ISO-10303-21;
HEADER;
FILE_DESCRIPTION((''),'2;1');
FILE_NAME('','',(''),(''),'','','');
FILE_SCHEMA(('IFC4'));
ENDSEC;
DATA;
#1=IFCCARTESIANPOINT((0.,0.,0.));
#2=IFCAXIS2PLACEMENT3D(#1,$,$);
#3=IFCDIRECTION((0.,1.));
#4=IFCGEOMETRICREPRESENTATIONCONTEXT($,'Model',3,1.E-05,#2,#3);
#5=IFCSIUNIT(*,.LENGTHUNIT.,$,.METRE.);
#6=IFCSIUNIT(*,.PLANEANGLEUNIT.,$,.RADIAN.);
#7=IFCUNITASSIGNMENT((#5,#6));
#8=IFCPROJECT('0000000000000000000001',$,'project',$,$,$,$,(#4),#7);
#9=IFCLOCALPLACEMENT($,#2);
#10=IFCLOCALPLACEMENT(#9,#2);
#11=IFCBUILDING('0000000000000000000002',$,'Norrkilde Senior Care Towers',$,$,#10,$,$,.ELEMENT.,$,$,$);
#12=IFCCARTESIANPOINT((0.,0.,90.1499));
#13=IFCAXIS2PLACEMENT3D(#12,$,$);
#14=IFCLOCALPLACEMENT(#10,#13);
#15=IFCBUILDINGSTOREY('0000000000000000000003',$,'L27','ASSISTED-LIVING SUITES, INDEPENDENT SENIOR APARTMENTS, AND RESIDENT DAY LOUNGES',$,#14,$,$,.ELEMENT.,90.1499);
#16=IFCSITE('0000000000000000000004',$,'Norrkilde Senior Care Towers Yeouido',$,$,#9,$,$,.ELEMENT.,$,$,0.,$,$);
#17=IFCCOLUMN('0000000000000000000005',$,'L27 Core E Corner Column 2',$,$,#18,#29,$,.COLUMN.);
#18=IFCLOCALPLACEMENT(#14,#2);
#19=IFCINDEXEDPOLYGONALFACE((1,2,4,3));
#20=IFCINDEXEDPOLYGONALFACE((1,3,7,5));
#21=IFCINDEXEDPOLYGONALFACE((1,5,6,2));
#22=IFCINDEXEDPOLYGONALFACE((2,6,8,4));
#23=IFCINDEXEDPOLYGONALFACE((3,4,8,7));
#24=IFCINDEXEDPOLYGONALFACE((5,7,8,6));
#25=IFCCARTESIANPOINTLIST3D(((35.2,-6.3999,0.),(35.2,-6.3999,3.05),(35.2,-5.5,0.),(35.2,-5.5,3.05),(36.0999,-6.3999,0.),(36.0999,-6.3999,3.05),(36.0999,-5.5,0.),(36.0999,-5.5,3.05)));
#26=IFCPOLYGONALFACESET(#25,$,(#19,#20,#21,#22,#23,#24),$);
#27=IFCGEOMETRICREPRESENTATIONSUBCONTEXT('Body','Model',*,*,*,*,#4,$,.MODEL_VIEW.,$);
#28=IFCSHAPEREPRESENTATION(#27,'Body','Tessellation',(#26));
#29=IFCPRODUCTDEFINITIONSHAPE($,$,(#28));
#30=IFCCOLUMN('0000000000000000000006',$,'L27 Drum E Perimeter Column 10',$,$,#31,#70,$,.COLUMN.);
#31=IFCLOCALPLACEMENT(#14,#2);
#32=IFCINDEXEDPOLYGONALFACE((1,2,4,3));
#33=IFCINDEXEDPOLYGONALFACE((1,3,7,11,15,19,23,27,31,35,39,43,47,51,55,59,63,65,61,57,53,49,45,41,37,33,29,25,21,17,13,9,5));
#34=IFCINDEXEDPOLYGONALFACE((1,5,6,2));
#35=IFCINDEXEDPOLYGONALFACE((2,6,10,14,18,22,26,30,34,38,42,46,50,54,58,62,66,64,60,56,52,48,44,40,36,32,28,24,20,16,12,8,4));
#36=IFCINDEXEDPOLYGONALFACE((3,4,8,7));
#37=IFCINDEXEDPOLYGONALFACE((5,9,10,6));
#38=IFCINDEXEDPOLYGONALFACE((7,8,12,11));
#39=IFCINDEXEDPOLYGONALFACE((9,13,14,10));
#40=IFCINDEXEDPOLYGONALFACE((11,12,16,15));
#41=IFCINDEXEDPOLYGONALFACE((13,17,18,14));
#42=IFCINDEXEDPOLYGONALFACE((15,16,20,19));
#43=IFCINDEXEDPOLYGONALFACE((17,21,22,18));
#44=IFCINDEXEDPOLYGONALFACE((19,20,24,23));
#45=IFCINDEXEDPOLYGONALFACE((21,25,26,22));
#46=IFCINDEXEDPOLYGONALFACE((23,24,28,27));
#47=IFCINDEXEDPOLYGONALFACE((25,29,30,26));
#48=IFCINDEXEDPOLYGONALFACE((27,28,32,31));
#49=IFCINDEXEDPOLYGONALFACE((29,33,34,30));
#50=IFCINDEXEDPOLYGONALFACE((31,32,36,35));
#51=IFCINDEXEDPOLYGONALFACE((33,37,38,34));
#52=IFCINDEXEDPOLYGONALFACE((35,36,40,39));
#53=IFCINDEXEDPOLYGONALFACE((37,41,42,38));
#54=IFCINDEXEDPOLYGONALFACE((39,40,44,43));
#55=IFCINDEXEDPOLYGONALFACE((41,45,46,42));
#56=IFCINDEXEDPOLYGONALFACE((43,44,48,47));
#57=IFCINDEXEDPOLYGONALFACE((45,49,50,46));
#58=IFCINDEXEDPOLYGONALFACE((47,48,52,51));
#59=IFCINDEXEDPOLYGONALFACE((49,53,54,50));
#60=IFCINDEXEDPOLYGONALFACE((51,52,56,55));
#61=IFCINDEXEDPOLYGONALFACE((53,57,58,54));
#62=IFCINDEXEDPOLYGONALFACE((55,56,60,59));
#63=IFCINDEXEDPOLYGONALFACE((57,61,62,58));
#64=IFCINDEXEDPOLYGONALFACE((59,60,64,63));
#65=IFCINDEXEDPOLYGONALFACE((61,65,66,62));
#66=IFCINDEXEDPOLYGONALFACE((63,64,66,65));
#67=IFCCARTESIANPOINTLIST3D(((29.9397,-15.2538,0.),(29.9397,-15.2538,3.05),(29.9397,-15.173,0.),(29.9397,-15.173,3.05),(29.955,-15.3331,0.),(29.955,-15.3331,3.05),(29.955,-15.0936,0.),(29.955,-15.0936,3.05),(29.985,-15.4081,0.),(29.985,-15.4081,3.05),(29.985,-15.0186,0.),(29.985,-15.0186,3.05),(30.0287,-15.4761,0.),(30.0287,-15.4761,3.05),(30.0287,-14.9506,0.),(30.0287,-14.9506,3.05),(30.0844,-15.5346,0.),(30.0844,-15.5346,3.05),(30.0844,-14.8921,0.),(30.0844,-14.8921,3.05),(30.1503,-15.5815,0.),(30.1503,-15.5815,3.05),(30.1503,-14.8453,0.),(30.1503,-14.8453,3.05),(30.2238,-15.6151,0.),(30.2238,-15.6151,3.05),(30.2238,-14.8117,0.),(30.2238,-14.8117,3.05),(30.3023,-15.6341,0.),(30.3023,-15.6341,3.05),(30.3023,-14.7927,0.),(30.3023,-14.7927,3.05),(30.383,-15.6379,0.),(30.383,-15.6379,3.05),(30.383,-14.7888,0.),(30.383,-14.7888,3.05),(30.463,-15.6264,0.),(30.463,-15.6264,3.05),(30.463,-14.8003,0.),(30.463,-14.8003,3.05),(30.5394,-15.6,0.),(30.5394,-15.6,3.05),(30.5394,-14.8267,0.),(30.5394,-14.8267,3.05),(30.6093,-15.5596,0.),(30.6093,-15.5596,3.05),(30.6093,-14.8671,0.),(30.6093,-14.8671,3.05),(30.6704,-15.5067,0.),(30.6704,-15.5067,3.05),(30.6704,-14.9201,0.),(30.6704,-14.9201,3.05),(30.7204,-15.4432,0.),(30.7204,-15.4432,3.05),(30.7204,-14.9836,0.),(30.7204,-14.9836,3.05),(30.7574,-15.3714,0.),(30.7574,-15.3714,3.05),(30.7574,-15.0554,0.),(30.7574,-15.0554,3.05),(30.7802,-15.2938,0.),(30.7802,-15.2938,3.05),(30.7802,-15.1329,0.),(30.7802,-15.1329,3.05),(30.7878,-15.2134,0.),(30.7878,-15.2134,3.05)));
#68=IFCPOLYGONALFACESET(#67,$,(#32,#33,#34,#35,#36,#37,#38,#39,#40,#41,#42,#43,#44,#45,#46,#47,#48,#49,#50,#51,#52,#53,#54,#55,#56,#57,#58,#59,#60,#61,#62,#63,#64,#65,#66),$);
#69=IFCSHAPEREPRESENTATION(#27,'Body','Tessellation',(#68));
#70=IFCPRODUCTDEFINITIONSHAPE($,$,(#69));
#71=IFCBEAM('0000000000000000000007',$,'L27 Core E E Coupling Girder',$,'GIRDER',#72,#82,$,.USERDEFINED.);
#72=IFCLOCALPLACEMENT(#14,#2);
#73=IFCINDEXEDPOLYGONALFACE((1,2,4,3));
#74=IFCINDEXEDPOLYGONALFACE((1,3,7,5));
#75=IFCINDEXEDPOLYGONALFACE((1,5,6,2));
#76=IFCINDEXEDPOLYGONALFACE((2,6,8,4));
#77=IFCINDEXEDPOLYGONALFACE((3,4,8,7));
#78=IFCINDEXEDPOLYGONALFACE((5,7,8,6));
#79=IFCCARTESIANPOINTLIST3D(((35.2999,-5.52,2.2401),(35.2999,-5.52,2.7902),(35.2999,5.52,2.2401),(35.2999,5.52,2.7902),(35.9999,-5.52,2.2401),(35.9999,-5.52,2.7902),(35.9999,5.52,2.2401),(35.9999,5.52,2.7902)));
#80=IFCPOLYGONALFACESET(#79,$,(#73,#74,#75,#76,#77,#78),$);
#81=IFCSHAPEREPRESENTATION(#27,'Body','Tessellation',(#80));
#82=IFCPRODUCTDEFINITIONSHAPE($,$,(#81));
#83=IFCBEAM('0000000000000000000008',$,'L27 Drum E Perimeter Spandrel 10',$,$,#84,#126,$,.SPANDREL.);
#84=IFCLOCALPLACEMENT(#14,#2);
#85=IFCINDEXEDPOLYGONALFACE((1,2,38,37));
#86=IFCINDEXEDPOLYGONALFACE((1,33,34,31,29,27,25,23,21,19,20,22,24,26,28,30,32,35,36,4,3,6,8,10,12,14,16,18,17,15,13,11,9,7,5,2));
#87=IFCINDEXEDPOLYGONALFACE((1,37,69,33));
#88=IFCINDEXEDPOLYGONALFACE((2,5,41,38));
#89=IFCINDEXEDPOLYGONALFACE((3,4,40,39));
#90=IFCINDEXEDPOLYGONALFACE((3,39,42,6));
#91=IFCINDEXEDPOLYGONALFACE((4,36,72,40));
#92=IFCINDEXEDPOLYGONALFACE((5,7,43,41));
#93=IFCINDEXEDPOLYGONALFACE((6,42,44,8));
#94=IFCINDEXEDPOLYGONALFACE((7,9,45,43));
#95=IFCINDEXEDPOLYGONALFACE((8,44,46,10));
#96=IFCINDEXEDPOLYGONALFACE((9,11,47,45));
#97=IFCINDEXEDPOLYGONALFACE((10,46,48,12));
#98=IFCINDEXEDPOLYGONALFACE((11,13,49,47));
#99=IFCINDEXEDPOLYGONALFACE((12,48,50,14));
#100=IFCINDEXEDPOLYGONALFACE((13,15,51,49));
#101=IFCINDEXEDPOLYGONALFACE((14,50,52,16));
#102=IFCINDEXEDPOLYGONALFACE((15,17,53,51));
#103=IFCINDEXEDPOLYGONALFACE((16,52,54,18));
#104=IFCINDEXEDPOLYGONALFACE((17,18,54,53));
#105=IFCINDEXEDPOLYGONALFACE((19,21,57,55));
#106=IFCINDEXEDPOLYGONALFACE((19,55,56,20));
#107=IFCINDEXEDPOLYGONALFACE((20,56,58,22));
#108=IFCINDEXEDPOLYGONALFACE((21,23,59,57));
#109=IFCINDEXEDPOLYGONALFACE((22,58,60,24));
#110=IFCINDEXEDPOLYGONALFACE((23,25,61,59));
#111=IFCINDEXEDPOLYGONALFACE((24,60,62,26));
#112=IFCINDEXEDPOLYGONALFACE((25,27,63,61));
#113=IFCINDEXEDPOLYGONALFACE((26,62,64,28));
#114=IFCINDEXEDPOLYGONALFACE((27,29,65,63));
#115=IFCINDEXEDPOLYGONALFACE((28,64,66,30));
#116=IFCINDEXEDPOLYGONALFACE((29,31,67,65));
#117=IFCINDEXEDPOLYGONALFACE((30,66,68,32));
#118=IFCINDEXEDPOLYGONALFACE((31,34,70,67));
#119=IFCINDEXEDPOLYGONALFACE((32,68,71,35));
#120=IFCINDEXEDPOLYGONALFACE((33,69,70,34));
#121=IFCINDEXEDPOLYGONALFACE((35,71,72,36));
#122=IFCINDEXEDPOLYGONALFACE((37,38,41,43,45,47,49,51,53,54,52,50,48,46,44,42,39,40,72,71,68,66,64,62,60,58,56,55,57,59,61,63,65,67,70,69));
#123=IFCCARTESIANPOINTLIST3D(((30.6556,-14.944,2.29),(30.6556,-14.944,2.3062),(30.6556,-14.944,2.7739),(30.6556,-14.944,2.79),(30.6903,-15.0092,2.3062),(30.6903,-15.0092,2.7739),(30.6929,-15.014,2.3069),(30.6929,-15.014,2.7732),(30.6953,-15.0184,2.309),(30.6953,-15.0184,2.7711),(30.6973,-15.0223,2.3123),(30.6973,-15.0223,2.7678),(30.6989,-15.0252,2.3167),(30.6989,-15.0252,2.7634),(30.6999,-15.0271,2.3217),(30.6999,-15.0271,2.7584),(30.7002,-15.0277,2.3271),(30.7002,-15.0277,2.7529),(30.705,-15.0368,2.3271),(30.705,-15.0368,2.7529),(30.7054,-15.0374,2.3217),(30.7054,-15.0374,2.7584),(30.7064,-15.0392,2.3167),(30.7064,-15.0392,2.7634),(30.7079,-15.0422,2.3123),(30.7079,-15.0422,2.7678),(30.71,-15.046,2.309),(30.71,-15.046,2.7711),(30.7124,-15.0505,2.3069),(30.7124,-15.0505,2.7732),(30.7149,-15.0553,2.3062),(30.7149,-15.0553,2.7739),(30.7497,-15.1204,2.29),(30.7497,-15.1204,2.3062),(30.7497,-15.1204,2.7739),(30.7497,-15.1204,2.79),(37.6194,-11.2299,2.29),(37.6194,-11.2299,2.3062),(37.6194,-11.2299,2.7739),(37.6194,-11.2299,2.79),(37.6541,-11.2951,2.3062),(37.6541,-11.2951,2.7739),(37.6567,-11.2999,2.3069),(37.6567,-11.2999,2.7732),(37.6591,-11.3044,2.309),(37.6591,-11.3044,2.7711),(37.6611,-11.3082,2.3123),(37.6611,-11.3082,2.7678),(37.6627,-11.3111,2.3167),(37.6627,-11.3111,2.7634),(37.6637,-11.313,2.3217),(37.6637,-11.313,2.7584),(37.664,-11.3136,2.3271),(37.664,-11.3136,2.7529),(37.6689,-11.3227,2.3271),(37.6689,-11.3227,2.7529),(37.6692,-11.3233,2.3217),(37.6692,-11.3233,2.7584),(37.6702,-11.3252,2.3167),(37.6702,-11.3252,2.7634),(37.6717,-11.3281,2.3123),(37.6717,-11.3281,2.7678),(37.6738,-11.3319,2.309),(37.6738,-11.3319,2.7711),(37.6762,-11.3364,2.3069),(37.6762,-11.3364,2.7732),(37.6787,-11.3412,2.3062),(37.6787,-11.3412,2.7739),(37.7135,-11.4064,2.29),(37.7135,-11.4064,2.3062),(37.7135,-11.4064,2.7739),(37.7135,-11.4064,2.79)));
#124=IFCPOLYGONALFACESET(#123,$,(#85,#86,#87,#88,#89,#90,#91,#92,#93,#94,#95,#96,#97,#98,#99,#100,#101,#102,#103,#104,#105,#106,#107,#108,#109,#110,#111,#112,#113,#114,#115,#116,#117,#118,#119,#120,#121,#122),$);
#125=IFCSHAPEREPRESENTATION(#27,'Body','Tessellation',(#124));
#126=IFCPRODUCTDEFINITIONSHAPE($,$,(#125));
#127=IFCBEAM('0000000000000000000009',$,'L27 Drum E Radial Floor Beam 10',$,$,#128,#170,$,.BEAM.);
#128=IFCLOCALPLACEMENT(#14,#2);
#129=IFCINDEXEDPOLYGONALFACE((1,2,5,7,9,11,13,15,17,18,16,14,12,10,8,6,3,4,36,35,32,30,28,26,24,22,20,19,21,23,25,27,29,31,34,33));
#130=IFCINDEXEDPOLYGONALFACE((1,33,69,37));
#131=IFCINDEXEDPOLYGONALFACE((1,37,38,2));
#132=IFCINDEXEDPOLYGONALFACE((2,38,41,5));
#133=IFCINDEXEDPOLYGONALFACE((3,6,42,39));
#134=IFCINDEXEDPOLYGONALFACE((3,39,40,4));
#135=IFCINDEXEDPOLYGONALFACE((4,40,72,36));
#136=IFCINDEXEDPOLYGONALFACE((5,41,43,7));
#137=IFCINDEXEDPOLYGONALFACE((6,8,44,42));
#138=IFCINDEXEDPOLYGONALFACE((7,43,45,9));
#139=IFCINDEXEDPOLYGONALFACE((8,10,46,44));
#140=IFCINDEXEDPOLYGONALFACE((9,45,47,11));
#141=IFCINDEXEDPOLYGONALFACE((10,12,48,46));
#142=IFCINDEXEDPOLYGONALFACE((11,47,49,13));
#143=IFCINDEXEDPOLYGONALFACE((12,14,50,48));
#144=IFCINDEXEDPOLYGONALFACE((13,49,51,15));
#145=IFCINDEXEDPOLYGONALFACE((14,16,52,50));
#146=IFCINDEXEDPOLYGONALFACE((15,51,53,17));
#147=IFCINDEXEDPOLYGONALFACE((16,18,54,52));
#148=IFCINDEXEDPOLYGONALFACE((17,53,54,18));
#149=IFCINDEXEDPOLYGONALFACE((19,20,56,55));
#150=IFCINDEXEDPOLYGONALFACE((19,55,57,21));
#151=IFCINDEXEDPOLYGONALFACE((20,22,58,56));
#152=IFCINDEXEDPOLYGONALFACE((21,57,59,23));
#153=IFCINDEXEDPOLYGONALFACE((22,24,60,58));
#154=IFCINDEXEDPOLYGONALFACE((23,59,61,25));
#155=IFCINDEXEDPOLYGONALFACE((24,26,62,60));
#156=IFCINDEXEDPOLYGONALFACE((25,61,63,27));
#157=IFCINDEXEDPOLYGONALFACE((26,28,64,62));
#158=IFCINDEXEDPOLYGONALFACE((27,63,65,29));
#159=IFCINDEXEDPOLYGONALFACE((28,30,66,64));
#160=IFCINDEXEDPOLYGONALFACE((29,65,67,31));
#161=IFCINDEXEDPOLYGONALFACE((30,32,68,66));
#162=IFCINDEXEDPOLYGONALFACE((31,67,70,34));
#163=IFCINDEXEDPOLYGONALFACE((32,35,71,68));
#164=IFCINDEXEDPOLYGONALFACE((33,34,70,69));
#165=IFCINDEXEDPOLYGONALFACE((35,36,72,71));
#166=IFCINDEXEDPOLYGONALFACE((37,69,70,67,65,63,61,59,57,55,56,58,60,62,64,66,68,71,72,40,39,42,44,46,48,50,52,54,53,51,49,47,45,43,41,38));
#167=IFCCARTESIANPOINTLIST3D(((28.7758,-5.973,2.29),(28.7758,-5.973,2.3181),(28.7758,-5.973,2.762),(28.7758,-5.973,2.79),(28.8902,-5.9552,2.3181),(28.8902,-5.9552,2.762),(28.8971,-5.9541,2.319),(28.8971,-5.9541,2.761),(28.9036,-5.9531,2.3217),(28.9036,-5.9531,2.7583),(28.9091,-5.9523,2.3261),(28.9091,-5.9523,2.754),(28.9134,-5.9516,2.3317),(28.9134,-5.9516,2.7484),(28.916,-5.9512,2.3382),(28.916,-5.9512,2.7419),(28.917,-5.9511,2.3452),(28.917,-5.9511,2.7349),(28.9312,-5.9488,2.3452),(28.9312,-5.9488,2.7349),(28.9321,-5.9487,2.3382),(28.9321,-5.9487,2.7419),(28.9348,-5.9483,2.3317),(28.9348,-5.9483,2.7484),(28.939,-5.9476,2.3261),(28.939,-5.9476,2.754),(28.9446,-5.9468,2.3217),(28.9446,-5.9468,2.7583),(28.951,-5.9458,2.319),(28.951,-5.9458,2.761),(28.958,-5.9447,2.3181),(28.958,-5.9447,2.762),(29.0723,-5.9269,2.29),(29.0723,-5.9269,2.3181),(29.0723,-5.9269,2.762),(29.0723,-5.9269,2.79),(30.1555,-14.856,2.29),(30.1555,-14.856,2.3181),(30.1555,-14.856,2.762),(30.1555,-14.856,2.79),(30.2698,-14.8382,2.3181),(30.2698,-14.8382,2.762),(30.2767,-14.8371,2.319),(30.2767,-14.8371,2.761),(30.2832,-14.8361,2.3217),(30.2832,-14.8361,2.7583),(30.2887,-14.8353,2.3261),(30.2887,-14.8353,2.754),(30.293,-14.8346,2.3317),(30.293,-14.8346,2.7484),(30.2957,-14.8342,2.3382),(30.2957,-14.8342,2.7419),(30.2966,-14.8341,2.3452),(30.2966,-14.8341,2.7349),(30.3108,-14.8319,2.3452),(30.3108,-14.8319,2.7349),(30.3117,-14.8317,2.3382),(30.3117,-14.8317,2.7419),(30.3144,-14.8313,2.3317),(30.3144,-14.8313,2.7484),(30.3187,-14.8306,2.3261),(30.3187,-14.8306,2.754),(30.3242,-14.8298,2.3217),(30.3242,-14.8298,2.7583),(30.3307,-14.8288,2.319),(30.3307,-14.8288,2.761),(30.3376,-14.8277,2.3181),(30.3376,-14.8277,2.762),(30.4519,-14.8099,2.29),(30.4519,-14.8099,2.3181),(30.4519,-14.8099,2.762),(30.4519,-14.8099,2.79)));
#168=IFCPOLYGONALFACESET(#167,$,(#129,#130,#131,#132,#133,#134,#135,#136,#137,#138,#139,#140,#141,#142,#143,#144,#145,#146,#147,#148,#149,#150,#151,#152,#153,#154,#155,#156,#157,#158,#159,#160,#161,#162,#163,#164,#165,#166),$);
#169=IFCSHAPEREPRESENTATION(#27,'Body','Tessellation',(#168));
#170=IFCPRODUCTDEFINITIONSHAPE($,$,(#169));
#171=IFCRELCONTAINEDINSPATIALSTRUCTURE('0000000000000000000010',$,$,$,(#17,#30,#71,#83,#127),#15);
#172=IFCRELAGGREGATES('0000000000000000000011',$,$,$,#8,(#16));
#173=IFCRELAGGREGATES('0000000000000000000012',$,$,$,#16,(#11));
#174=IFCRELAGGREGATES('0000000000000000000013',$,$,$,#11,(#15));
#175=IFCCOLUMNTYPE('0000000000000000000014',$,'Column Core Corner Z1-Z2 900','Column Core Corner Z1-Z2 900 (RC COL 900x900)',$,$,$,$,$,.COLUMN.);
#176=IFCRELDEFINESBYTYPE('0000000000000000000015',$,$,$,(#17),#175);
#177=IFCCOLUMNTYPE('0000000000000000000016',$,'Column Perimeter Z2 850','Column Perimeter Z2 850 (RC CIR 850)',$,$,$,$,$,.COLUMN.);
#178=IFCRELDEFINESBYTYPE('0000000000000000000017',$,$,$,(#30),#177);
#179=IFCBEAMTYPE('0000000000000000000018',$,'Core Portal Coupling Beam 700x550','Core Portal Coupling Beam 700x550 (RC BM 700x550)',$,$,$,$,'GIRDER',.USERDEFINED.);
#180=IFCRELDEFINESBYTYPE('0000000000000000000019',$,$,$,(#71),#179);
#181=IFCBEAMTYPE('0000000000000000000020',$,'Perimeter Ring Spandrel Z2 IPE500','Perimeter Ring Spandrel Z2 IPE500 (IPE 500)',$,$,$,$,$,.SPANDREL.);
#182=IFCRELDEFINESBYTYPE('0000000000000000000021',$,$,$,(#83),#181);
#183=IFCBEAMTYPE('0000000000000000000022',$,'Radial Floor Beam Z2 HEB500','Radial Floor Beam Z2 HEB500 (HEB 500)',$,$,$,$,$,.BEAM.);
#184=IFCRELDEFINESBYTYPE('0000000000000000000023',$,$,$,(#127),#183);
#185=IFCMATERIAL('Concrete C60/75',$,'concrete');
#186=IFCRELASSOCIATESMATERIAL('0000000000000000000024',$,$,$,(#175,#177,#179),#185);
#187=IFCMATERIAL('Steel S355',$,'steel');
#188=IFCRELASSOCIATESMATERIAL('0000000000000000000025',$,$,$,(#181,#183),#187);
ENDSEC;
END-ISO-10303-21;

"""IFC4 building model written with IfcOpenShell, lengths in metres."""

from ifc_helpers import new_model, si_unit, direction, frame, origin, origin_2d, place, context, subcontext, project, spatial, rectangle, circle, i_section, extrude, source, transform, mapped, material, material_profile, profile_set, type_object, type_shapes, element, save


model = new_model("IFC4")

# Units and contexts
model_context = context("Model", 3, precision=1e-05, world=origin(), true_north=direction((0.0, 1.0)))
body_context = subcontext(model_context, "Body", "Model", "MODEL_VIEW")
ifc_project = project(units=[si_unit("LENGTHUNIT", "METRE"), si_unit("PLANEANGLEUNIT", "RADIAN")], contexts=[model_context])

# Site, building, storey
site_placement = place(None, origin())
site = spatial("IfcSite", under=ifc_project, at=site_placement, Name="Norrkilde Senior Care Towers Yeouido", CompositionType="ELEMENT", RefElevation=0.0)
building_placement = place(site_placement, origin())
building = spatial("IfcBuilding", under=site, at=building_placement, Name="Norrkilde Senior Care Towers", CompositionType="ELEMENT")
storey_placement = place(building_placement, frame((0.0, 0.0, 90.1499)))
storey = spatial("IfcBuildingStorey", under=building, at=storey_placement, Name="L27", Description="ASSISTED-LIVING SUITES, INDEPENDENT SENIOR APARTMENTS, AND RESIDENT DAY LOUNGES", CompositionType="ELEMENT", Elevation=90.1499)

# Columns
ifc_material_1 = material(Name="Concrete C60/75", Category="concrete")
ifc_material_profile_1 = material_profile(ifc_material_1, rectangle(XDim=0.8999, YDim=0.8999, at=origin_2d()), Name="RC COL 900x900")
ifc_profile_set_1 = profile_set([ifc_material_profile_1], Name="Concrete C60/75")
column_type_1 = type_object("IfcColumnType", Name="Column Core Corner Z1-Z2 900", Description="Column Core Corner Z1-Z2 900 (RC COL 900x900)", PredefinedType="COLUMN", material=ifc_profile_set_1)
shared_shape_1 = source(origin(), body_context, "Body", "SweptSolid", [
    extrude(rectangle(XDim=0.8999, YDim=0.8999, at=origin_2d()), origin(), (0.0, 0.0, 1.0), 3.05),
])
type_shapes(column_type_1, [shared_shape_1])
column_1_placement = place(storey_placement, frame((35.6499, -5.95, 0.0), z_axis=(0.0, 0.0, 1.0), x_axis=(1.0, 0.0, 0.0)))
element("IfcColumn", 1, at=column_1_placement, inside=storey, type_object=column_type_1, Name="L27 Core E Corner Column 2", PredefinedType="COLUMN", context=body_context, shape_type="MappedRepresentation", body=[
    mapped(shared_shape_1, transform((0.0, 0.0, 0.0), x_axis=(1.0, 0.0, 0.0), y_axis=(0.0, 1.0, 0.0), z_axis=(0.0, 0.0, 1.0), scale=1.0)),
])
ifc_material_profile_2 = material_profile(ifc_material_1, circle(Radius=0.425, at=origin_2d()), Name="RC CIR 850")
ifc_profile_set_2 = profile_set([ifc_material_profile_2], Name="Concrete C60/75")
column_type_2 = type_object("IfcColumnType", Name="Column Perimeter Z2 850", Description="Column Perimeter Z2 850 (RC CIR 850)", PredefinedType="COLUMN", material=ifc_profile_set_2)
shared_shape_2 = source(origin(), body_context, "Body", "SweptSolid", [
    extrude(circle(Radius=0.425, at=origin_2d()), origin(), (0.0, 0.0, 1.0), 3.05),
])
type_shapes(column_type_2, [shared_shape_2])
column_2_placement = place(storey_placement, frame((30.3628, -15.2134, 0.0), z_axis=(0.0, 0.0, 1.0), x_axis=(1.0, 0.0, 0.0)))
element("IfcColumn", 2, at=column_2_placement, inside=storey, type_object=column_type_2, Name="L27 Drum E Perimeter Column 10", PredefinedType="COLUMN", context=body_context, shape_type="MappedRepresentation", body=[
    mapped(shared_shape_2, transform((0.0, 0.0, 0.0), x_axis=(1.0, 0.0, 0.0), y_axis=(0.0, 1.0, 0.0), z_axis=(0.0, 0.0, 1.0), scale=1.0)),
])

# Beams
ifc_material_profile_3 = material_profile(ifc_material_1, rectangle(XDim=0.7, YDim=0.55, at=origin_2d()), Name="RC BM 700x550")
ifc_profile_set_3 = profile_set([ifc_material_profile_3], Name="Concrete C60/75")
beam_type_1 = type_object("IfcBeamType", Name="Core Portal Coupling Beam 700x550", Description="Core Portal Coupling Beam 700x550 (RC BM 700x550)", ElementType="GIRDER", PredefinedType="USERDEFINED", material=ifc_profile_set_3)
shared_shape_3 = source(origin(), body_context, "Body", "SweptSolid", [
    extrude(rectangle(XDim=0.7, YDim=0.55, at=origin_2d()), origin(), (0.0, 0.0, 1.0), 11.04),
])
type_shapes(beam_type_1, [shared_shape_3])
beam_1_placement = place(storey_placement, frame((35.6499, -5.52, 2.5151), z_axis=(0.0, 1.0, 0.0), x_axis=(-1.0, 0.0, 0.0)))
element("IfcBeam", 3, at=beam_1_placement, inside=storey, type_object=beam_type_1, Name="L27 Core E E Coupling Girder", ObjectType="GIRDER", PredefinedType="USERDEFINED", context=body_context, shape_type="MappedRepresentation", body=[
    mapped(shared_shape_3, transform((0.0, 0.0, 0.0), x_axis=(1.0, 0.0, 0.0), y_axis=(0.0, 1.0, 0.0), z_axis=(0.0, 0.0, 1.0), scale=1.0)),
])
ifc_material_2 = material(Name="Steel S355", Category="steel")
ifc_material_profile_4 = material_profile(ifc_material_2, i_section(OverallWidth=0.2, OverallDepth=0.5, WebThickness=0.0103, FlangeThickness=0.0161, FilletRadius=0.021, at=origin_2d()), Name="IPE 500")
ifc_profile_set_4 = profile_set([ifc_material_profile_4], Name="Steel S355")
beam_type_2 = type_object("IfcBeamType", Name="Perimeter Ring Spandrel Z2 IPE500", Description="Perimeter Ring Spandrel Z2 IPE500 (IPE 500)", PredefinedType="SPANDREL", material=ifc_profile_set_4)
shared_shape_4 = source(origin(), body_context, "Body", "SweptSolid", [
    extrude(i_section(OverallWidth=0.2, OverallDepth=0.5, WebThickness=0.0103, FlangeThickness=0.0161, FilletRadius=0.021, at=origin_2d()), origin(), (0.0, 0.0, 1.0), 7.8923),
])
type_shapes(beam_type_2, [shared_shape_4])
beam_2_placement = place(storey_placement, frame((30.7026, -15.0322, 2.54), z_axis=(0.88235, 0.470593, 0.0), x_axis=(-0.470593, 0.88235, 0.0)))
element("IfcBeam", 4, at=beam_2_placement, inside=storey, type_object=beam_type_2, Name="L27 Drum E Perimeter Spandrel 10", PredefinedType="SPANDREL", context=body_context, shape_type="MappedRepresentation", body=[
    mapped(shared_shape_4, transform((0.0, 0.0, 0.0), x_axis=(1.0, 0.0, 0.0), y_axis=(0.0, 1.0, 0.0), z_axis=(0.0, 0.0, 1.0), scale=1.0)),
])
ifc_material_profile_5 = material_profile(ifc_material_2, i_section(OverallWidth=0.3, OverallDepth=0.5, WebThickness=0.0144, FlangeThickness=0.0281, FilletRadius=0.0271, at=origin_2d()), Name="HEB 500")
ifc_profile_set_5 = profile_set([ifc_material_profile_5], Name="Steel S355")
beam_type_3 = type_object("IfcBeamType", Name="Radial Floor Beam Z2 HEB500", Description="Radial Floor Beam Z2 HEB500 (HEB 500)", PredefinedType="BEAM", material=ifc_profile_set_5)
shared_shape_5 = source(origin(), body_context, "Body", "SweptSolid", [
    extrude(i_section(OverallWidth=0.3, OverallDepth=0.5, WebThickness=0.0144, FlangeThickness=0.0281, FilletRadius=0.0271, at=origin_2d()), origin(), (0.0, 0.0, 1.0), 8.9895),
])
beam_3_placement = place(storey_placement, frame((28.9241, -5.95, 2.54), z_axis=(0.153471, -0.988153, 0.0), x_axis=(0.988153, 0.153471, 0.0)))
element("IfcBeam", 5, at=beam_3_placement, inside=storey, type_object=beam_type_3, Name="L27 Drum E Radial Floor Beam 10", PredefinedType="BEAM", context=body_context, shape_type="MappedRepresentation", body=[
    mapped(shared_shape_5, transform((0.0, 0.0, 0.0), x_axis=(1.0, 0.0, 0.0), y_axis=(0.0, 1.0, 0.0), z_axis=(0.0, 0.0, 1.0), scale=1.0)),
])

save(model, "model.ifc")
